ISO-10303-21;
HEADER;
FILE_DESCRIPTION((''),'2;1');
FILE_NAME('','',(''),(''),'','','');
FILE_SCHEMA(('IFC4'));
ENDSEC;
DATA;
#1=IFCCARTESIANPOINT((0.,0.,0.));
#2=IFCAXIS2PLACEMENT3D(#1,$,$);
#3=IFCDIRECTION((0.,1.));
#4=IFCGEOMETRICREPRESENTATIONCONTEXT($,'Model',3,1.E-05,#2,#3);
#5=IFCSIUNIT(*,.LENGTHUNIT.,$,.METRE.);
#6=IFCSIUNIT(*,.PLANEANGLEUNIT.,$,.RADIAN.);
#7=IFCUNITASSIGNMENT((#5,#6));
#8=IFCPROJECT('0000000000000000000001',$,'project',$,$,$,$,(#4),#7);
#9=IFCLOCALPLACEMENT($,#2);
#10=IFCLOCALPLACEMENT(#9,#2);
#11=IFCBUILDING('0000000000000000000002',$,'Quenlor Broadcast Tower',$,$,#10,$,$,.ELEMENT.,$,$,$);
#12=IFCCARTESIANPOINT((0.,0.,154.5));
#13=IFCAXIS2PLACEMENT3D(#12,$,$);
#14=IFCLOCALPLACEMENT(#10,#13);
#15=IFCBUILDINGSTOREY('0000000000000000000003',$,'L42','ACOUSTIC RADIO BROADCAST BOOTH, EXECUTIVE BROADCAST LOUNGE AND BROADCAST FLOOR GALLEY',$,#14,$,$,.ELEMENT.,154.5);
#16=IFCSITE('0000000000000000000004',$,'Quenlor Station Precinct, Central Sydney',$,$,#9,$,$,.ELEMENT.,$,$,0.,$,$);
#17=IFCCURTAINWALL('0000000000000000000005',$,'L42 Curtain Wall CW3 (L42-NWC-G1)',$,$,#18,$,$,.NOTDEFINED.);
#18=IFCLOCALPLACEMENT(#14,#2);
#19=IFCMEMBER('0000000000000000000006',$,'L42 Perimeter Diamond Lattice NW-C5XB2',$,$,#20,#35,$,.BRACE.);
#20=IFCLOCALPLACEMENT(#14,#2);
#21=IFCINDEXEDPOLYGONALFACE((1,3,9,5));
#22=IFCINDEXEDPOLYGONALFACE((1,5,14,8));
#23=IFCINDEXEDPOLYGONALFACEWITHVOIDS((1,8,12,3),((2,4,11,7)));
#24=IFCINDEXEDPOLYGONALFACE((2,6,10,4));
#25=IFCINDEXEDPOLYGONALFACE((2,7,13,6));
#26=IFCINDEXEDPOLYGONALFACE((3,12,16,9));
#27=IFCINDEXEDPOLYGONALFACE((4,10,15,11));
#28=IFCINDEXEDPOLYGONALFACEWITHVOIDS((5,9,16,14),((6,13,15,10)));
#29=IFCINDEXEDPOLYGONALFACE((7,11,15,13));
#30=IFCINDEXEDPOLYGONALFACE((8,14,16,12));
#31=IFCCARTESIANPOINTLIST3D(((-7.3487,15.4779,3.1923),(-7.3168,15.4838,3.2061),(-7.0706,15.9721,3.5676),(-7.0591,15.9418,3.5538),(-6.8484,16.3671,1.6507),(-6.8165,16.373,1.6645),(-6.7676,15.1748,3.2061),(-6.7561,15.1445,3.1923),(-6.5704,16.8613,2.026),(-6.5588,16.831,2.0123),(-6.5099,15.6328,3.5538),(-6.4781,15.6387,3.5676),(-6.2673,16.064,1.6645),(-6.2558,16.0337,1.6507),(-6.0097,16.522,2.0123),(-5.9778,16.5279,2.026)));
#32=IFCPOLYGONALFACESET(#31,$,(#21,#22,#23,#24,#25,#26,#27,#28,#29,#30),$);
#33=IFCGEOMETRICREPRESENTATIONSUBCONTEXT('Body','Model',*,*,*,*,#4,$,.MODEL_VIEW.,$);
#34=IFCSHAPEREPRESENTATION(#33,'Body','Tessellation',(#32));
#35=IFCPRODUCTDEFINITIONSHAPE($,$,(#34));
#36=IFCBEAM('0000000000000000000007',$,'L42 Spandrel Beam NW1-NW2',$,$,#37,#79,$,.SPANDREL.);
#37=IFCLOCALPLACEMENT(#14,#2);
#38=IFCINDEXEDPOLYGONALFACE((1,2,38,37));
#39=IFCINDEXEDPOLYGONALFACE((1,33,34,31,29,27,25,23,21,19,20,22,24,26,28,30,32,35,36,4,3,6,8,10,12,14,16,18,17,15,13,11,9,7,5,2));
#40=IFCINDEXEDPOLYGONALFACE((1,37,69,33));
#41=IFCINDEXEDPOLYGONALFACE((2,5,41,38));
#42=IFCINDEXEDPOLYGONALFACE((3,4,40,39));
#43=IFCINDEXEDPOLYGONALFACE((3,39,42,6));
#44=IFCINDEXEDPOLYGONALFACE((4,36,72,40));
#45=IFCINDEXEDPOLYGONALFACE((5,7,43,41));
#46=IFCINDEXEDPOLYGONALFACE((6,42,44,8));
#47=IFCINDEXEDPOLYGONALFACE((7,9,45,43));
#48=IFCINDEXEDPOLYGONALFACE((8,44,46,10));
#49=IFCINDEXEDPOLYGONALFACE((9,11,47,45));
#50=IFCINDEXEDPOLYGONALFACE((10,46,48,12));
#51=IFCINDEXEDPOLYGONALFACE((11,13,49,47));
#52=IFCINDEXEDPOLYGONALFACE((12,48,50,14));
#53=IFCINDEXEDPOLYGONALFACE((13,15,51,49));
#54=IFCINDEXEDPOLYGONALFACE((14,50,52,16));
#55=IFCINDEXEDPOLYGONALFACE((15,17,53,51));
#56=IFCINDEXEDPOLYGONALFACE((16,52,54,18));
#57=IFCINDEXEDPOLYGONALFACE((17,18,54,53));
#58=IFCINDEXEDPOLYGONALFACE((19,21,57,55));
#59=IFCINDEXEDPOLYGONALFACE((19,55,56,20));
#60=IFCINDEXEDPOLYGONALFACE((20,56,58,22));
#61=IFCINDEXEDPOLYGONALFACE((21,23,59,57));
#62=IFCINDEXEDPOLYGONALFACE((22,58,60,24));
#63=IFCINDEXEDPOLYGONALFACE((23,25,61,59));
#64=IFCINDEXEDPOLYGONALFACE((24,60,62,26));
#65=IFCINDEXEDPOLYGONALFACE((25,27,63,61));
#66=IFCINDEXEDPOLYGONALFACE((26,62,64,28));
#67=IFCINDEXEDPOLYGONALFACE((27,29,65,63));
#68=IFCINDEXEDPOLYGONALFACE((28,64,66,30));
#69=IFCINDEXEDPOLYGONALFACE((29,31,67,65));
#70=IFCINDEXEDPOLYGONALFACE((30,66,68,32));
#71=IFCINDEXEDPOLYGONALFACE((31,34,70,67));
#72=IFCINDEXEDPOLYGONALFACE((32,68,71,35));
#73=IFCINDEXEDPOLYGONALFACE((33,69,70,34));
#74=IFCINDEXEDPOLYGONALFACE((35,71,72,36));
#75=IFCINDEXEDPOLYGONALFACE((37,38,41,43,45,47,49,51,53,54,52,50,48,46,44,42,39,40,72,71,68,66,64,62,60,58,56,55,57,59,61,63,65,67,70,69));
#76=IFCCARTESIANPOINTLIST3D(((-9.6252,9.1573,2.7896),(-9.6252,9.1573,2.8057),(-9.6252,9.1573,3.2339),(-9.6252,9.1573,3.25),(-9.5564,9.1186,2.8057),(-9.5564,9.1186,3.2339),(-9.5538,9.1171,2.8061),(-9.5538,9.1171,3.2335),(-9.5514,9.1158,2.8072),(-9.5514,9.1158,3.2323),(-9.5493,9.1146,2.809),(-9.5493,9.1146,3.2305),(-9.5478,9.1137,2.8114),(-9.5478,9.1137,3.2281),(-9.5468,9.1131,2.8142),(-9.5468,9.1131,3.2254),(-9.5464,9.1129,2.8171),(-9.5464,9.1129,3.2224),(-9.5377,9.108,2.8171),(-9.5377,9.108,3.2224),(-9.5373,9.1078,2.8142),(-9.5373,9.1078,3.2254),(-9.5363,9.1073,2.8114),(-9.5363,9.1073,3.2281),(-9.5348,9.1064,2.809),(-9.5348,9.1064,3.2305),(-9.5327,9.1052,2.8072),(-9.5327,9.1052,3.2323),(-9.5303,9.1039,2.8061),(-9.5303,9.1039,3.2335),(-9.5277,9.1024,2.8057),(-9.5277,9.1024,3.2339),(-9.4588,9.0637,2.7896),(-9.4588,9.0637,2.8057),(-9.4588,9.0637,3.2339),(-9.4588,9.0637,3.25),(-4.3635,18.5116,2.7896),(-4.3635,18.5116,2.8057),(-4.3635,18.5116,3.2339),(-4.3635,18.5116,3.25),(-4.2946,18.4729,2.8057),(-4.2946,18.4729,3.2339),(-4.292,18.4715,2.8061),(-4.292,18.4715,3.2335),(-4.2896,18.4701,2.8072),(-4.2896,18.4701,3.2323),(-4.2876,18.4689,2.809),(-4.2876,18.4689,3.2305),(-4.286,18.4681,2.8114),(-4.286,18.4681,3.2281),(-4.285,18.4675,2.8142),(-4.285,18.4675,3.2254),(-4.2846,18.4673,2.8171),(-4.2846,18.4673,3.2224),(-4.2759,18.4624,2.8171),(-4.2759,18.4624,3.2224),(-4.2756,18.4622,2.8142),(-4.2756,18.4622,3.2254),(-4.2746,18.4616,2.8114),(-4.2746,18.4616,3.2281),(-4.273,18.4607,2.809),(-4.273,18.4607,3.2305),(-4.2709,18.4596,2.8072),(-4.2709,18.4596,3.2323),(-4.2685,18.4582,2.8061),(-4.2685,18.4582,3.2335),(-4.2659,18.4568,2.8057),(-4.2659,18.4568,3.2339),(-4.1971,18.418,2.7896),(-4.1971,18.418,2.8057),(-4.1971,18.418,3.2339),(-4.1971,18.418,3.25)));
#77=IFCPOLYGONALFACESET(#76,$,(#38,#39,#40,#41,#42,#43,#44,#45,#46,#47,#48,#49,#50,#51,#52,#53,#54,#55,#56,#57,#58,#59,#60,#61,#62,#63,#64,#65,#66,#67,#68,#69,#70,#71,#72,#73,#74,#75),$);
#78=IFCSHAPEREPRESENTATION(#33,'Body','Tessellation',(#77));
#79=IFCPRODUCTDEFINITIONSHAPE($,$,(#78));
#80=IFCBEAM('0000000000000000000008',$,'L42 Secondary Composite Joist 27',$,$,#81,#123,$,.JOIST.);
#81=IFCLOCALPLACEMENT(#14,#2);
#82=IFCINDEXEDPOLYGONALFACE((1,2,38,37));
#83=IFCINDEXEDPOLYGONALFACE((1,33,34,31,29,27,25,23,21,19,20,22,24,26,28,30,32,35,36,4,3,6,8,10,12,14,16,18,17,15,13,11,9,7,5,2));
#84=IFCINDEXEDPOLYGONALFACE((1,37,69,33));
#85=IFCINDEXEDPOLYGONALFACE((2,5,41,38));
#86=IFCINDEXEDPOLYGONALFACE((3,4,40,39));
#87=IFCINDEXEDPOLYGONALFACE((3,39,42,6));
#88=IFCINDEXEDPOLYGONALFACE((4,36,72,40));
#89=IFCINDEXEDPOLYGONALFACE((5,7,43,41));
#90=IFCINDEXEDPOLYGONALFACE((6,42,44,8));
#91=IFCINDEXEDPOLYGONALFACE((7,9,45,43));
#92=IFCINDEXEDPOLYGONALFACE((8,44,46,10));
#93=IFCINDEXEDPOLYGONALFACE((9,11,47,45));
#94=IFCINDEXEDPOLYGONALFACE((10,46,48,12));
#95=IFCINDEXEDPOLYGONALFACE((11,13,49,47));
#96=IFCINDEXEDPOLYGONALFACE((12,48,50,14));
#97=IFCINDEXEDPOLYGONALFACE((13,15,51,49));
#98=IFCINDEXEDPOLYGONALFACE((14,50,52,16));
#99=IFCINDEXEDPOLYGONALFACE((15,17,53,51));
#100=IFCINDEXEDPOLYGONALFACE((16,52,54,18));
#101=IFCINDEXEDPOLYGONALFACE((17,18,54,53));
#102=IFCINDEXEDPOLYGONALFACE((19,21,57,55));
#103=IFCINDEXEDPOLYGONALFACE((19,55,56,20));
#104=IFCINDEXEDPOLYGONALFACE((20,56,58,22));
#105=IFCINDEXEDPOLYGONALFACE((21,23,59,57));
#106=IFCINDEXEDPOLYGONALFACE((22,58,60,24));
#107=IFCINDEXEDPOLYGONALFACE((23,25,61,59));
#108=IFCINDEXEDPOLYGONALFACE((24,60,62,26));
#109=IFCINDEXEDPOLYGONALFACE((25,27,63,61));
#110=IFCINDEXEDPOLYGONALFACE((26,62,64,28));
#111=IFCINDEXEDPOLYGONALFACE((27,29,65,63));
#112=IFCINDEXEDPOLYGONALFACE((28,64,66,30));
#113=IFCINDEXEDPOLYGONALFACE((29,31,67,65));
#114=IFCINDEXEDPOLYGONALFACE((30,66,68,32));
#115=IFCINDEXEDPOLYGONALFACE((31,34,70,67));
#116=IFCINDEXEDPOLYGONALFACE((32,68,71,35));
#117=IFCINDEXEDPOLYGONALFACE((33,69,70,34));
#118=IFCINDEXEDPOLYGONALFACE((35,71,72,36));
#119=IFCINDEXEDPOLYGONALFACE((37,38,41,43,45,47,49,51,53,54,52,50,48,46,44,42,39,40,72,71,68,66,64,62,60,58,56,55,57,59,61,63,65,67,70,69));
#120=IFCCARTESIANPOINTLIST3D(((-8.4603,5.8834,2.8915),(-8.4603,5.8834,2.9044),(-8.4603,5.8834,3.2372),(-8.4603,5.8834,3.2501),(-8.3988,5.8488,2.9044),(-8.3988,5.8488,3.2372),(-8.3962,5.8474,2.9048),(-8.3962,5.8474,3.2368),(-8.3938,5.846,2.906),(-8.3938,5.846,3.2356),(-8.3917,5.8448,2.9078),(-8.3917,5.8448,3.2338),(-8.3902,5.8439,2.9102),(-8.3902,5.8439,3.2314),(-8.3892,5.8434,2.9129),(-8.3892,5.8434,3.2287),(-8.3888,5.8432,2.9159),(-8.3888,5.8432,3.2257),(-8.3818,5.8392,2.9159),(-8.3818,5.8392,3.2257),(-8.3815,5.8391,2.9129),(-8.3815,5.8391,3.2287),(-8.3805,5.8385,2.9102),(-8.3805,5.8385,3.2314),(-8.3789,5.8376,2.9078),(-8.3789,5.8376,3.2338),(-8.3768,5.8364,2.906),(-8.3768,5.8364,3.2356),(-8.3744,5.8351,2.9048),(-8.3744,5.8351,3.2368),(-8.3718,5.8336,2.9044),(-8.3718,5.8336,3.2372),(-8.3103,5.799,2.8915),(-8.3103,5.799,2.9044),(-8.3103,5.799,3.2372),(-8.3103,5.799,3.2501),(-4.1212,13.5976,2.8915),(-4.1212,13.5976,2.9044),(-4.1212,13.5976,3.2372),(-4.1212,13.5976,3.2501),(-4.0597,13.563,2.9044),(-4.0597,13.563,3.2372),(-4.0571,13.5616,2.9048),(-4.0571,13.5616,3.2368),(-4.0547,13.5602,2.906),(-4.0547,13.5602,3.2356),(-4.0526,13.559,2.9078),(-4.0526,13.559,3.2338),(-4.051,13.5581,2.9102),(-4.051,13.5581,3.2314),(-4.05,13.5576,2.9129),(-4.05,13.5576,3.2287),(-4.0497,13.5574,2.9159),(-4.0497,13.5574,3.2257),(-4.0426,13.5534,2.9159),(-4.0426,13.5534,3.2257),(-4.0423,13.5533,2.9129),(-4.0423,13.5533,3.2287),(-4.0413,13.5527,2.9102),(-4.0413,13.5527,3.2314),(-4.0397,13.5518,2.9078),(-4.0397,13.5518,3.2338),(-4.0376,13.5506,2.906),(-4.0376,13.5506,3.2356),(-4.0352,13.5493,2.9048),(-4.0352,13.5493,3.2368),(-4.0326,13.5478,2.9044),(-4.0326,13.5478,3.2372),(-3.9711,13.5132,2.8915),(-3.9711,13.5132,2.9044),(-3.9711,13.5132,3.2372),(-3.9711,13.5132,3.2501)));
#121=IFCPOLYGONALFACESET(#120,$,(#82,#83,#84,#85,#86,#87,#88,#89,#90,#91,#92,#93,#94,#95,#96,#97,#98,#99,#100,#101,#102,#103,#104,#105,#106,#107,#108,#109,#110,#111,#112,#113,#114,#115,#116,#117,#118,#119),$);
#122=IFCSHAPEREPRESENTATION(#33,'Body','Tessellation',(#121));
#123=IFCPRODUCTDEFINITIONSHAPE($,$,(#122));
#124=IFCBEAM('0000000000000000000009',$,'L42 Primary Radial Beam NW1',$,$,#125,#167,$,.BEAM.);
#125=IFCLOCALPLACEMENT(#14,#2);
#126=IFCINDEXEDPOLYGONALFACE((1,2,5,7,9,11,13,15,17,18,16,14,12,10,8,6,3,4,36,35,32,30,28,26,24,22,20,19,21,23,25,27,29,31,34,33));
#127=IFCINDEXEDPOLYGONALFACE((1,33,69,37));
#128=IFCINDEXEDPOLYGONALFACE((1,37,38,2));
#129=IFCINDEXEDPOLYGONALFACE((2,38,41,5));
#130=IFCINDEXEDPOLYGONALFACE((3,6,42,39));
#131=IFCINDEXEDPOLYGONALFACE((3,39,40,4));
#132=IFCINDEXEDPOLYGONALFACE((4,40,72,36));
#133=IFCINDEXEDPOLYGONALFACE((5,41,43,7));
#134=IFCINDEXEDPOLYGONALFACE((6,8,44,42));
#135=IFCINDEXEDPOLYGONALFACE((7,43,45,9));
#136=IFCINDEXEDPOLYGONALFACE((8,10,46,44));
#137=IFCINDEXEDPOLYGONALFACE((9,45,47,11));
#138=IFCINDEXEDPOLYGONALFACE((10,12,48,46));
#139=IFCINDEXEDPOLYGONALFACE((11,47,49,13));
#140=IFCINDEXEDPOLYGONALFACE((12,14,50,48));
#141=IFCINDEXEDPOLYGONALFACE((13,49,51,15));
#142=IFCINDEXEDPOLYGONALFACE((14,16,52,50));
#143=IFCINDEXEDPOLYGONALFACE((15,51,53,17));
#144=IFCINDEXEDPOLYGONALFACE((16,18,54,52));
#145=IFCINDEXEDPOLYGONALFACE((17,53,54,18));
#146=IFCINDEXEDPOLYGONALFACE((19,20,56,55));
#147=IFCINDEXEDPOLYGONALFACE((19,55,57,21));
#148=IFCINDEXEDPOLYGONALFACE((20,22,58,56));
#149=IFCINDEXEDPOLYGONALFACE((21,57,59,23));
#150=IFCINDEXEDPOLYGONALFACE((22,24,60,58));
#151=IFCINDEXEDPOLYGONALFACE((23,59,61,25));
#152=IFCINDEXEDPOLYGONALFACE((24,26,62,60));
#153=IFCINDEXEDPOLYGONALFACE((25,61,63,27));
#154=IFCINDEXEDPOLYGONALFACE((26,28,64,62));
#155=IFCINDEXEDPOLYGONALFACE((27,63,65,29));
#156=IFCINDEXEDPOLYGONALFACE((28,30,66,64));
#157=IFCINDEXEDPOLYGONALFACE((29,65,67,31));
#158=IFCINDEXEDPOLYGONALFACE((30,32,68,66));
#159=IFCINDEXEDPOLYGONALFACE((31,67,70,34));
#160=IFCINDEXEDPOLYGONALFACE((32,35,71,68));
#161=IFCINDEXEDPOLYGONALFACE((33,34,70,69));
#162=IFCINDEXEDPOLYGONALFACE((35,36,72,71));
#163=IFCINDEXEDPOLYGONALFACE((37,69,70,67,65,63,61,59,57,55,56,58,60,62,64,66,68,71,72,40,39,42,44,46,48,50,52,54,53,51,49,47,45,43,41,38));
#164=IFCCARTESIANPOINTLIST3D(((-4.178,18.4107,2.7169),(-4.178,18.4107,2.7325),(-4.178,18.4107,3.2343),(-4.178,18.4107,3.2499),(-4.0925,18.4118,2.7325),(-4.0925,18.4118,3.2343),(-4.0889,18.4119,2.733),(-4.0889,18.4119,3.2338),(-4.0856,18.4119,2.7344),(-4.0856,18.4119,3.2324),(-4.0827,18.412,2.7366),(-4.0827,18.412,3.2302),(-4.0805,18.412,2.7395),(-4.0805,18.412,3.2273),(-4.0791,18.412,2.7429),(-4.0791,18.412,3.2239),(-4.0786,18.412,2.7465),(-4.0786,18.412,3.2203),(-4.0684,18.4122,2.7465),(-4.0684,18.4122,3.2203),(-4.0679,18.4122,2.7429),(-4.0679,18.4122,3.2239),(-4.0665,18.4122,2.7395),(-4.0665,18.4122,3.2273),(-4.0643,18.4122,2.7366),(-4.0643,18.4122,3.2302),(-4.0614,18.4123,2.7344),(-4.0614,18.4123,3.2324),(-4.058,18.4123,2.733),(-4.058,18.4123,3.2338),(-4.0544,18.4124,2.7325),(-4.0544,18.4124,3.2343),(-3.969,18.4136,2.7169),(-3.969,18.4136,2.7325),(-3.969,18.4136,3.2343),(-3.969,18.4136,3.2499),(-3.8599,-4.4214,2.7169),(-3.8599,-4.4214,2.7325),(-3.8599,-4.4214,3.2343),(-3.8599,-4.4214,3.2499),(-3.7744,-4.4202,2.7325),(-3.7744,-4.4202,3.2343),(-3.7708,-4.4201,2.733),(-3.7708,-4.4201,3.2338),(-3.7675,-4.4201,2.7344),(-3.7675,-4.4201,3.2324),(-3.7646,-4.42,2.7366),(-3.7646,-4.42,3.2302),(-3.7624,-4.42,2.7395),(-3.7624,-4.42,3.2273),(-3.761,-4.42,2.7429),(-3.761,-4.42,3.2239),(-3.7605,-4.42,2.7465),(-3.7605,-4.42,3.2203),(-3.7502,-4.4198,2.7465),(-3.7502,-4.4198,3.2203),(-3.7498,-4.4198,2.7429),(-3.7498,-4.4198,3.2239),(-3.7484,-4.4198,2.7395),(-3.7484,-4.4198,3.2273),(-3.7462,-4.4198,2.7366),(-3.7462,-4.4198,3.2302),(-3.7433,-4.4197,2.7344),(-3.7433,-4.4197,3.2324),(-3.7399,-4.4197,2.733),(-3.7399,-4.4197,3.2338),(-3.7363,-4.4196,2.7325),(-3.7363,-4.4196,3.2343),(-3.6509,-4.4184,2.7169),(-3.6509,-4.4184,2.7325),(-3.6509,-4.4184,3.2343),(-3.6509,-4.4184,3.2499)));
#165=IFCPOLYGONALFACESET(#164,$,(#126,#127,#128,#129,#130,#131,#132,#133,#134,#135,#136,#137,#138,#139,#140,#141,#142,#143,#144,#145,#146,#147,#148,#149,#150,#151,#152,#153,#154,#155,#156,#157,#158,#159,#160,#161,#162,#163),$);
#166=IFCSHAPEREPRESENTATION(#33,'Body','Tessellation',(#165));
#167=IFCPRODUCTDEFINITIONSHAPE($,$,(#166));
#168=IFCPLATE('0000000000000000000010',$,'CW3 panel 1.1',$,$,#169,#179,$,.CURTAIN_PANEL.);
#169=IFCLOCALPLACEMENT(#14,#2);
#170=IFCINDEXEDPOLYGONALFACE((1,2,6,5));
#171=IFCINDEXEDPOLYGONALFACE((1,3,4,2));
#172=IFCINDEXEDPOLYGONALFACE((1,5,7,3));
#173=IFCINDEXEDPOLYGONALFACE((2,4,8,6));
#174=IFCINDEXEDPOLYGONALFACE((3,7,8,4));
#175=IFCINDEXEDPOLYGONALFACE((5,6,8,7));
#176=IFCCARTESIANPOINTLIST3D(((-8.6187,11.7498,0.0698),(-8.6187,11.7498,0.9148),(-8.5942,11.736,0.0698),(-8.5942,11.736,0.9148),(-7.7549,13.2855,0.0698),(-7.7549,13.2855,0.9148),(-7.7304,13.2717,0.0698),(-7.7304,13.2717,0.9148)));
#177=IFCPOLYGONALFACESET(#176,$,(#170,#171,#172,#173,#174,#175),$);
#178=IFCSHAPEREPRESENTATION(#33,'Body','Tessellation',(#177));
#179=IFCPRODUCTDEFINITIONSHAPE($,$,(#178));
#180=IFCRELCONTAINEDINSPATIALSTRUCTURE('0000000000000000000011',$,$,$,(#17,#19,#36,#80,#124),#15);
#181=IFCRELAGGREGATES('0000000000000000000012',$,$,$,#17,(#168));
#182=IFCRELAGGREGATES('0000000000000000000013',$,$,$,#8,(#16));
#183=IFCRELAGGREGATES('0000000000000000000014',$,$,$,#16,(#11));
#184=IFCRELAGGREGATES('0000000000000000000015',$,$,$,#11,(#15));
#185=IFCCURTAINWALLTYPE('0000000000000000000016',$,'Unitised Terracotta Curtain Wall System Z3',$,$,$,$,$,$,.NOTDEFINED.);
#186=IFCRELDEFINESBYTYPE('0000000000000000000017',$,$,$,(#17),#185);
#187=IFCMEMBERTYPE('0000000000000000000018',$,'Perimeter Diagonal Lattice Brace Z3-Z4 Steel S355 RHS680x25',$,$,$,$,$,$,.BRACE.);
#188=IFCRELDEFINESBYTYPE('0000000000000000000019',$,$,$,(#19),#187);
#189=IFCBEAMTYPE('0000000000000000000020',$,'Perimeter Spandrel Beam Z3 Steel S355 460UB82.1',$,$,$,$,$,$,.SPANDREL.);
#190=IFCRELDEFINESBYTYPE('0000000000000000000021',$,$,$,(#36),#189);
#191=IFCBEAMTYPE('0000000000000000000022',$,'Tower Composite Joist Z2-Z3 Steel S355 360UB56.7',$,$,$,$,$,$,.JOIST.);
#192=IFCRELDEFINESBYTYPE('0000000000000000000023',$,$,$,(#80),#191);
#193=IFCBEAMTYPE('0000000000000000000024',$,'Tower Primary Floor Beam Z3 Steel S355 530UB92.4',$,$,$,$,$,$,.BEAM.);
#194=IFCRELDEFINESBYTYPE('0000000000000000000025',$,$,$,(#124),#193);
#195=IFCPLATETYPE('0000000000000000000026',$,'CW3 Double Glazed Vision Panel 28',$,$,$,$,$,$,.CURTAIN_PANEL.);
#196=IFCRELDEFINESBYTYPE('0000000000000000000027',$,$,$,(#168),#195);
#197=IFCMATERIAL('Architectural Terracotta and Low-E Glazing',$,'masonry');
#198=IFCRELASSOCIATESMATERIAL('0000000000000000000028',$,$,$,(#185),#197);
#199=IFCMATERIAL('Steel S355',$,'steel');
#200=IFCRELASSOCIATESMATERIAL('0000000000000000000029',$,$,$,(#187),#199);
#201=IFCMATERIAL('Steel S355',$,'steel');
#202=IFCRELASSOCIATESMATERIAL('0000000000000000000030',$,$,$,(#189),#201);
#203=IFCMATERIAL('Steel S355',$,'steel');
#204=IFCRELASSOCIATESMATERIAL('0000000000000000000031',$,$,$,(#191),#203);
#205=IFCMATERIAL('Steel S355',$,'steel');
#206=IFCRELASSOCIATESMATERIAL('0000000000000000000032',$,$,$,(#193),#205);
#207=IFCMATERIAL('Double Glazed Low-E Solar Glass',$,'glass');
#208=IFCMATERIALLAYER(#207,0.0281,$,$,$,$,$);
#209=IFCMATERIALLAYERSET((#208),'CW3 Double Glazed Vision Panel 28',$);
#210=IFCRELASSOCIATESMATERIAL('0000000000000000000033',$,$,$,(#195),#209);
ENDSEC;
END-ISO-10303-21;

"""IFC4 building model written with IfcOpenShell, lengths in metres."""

from ifc_helpers import new_model, si_unit, direction, frame, origin, origin_2d, place, context, subcontext, project, spatial, rectangle, hollow_rectangle, i_section, extrude, material, layer, layer_set, material_profile, profile_set, type_object, element, aggregate, save


model = new_model("IFC4")

# Units and contexts
model_context = context("Model", 3, precision=1e-05, world=origin(), true_north=direction((0.0, 1.0)))
body_context = subcontext(model_context, "Body", "Model", "MODEL_VIEW")
ifc_project = project(units=[si_unit("LENGTHUNIT", "METRE"), si_unit("PLANEANGLEUNIT", "RADIAN")], contexts=[model_context])

# Site, building, storey
site_placement = place(None, origin())
site = spatial("IfcSite", under=ifc_project, at=site_placement, Name="Quenlor Station Precinct, Central Sydney", CompositionType="ELEMENT", RefElevation=0.0)
building_placement = place(site_placement, origin())
building = spatial("IfcBuilding", under=site, at=building_placement, Name="Quenlor Broadcast Tower", CompositionType="ELEMENT")
storey_placement = place(building_placement, frame((0.0, 0.0, 154.5)))
storey = spatial("IfcBuildingStorey", under=building, at=storey_placement, Name="L42", Description="ACOUSTIC RADIO BROADCAST BOOTH, EXECUTIVE BROADCAST LOUNGE AND BROADCAST FLOOR GALLEY", CompositionType="ELEMENT", Elevation=154.5)

# Curtain wall
ifc_material_1 = material(Name="Architectural Terracotta and Low-E Glazing", Category="masonry")
curtain_wall_type = type_object("IfcCurtainWallType", Name="Unitised Terracotta Curtain Wall System Z3", PredefinedType="NOTDEFINED", material=ifc_material_1)
curtain_wall_placement = place(storey_placement, origin())
curtain_wall = element("IfcCurtainWall", 1, at=curtain_wall_placement, inside=storey, type_object=curtain_wall_type, Name="L42 Curtain Wall CW3 (L42-NWC-G1)", PredefinedType="NOTDEFINED")

# Member
ifc_material_2 = material(Name="Steel S355", Category="steel")
ifc_material_profile_1 = material_profile(ifc_material_2, hollow_rectangle(XDim=0.6799, YDim=0.6799, WallThickness=0.0249, at=origin_2d()))
ifc_profile_set_1 = profile_set([ifc_material_profile_1], Name="Steel S355 RHS680x680x25")
member_type_1 = type_object("IfcMemberType", Name="Perimeter Diagonal Lattice Brace Z3-Z4 Steel S355 RHS680x25", PredefinedType="BRACE", material=ifc_profile_set_1)
for number, where, z_axis, x_axis, name in (
    (2, (-6.4131, 16.4475, 1.8384), (-0.270616, -0.481008, 0.833905), (0.871537, -0.490329, 0.0), "L42 Perimeter Diamond Lattice NW-C5XB2"),
):
    element("IfcMember", number, at=place(storey_placement, frame(where, z_axis=z_axis, x_axis=x_axis)), inside=storey, type_object=member_type_1, Name=name, PredefinedType="BRACE", context=body_context, shape_type="SweptSolid", body=[
        extrude(hollow_rectangle(XDim=0.6799, YDim=0.6799, WallThickness=0.0249, at=origin_2d()), origin(), (0.0, 0.0, 1.0), 1.8486),
    ])

# Beams
ifc_material_3 = material(Name="Steel S355", Category="steel")
ifc_material_profile_2 = material_profile(ifc_material_3, i_section(OverallWidth=0.1909, OverallDepth=0.4604, WebThickness=0.01, FlangeThickness=0.0161, FilletRadius=0.0115, at=origin_2d()))
ifc_profile_set_2 = profile_set([ifc_material_profile_2], Name="Steel S355 460UB82.1")
beam_type_1 = type_object("IfcBeamType", Name="Perimeter Spandrel Beam Z3 Steel S355 460UB82.1", PredefinedType="SPANDREL", material=ifc_profile_set_2)
beam_1_placement = place(storey_placement, frame((-4.2803, 18.4648, 3.0198), z_axis=(-0.490258, -0.871577, 0.0), x_axis=(0.871577, -0.490258, 0.0)))
element("IfcBeam", 3, at=beam_1_placement, inside=storey, type_object=beam_type_1, Name="L42 Spandrel Beam NW1-NW2", PredefinedType="SPANDREL", context=body_context, shape_type="SweptSolid", body=[
    extrude(i_section(OverallWidth=0.1909, OverallDepth=0.4604, WebThickness=0.01, FlangeThickness=0.0161, FilletRadius=0.0115, at=origin_2d()), origin(), (0.0, 0.0, 1.0), 10.7327),
])
ifc_material_4 = material(Name="Steel S355", Category="steel")
ifc_material_profile_3 = material_profile(ifc_material_4, i_section(OverallWidth=0.1721, OverallDepth=0.3586, WebThickness=0.0081, FlangeThickness=0.0129, FilletRadius=0.0115, at=origin_2d()))
ifc_profile_set_3 = profile_set([ifc_material_profile_3], Name="Steel S355 360UB56.7")
beam_type_2 = type_object("IfcBeamType", Name="Tower Composite Joist Z2-Z3 Steel S355 360UB56.7", PredefinedType="JOIST", material=ifc_profile_set_3)
beam_2_placement = place(storey_placement, frame((-4.0461, 13.5554, 3.0708), z_axis=(-0.490255, -0.871579, 0.0), x_axis=(0.871579, -0.490255, 0.0)))
element("IfcBeam", 4, at=beam_2_placement, inside=storey, type_object=beam_type_2, Name="L42 Secondary Composite Joist 27", PredefinedType="JOIST", context=body_context, shape_type="SweptSolid", body=[
    extrude(i_section(OverallWidth=0.1721, OverallDepth=0.3586, WebThickness=0.0081, FlangeThickness=0.0129, FilletRadius=0.0115, at=origin_2d()), origin(), (0.0, 0.0, 1.0), 8.8508),
])
ifc_material_5 = material(Name="Steel S355", Category="steel")
ifc_material_profile_4 = material_profile(ifc_material_5, i_section(OverallWidth=0.209, OverallDepth=0.533, WebThickness=0.0103, FlangeThickness=0.0156, FilletRadius=0.0139, at=origin_2d()))
ifc_profile_set_4 = profile_set([ifc_material_profile_4], Name="Steel S355 530UB92.4")
beam_type_3 = type_object("IfcBeamType", Name="Tower Primary Floor Beam Z3 Steel S355 530UB92.4", PredefinedType="BEAM", material=ifc_profile_set_4)
beam_3_placement = place(storey_placement, frame((-4.0735, 18.4121, 2.9834), z_axis=(0.013931, -0.999903, 0.0), x_axis=(0.999903, 0.013931, 0.0)))
element("IfcBeam", 5, at=beam_3_placement, inside=storey, type_object=beam_type_3, Name="L42 Primary Radial Beam NW1", PredefinedType="BEAM", context=body_context, shape_type="SweptSolid", body=[
    extrude(i_section(OverallWidth=0.209, OverallDepth=0.533, WebThickness=0.0103, FlangeThickness=0.0156, FilletRadius=0.0139, at=origin_2d()), origin(), (0.0, 0.0, 1.0), 22.8342),
])

# Plate
ifc_material_6 = material(Name="Double Glazed Low-E Solar Glass", Category="glass")
ifc_layer_1 = layer(ifc_material_6, 0.0281)
ifc_layer_set_1 = layer_set([ifc_layer_1], Name="CW3 Double Glazed Vision Panel 28")
plate_type_1 = type_object("IfcPlateType", Name="CW3 Double Glazed Vision Panel 28", PredefinedType="CURTAIN_PANEL", material=ifc_layer_set_1)
plate_1_placement = place(storey_placement, frame((-8.1746, 12.5107, 0.0698), z_axis=(0.0, 0.0, 1.0), x_axis=(0.49027, 0.871571, 0.0)))
plate_1 = element("IfcPlate", 6, at=plate_1_placement, type_object=plate_type_1, Name="CW3 panel 1.1", PredefinedType="CURTAIN_PANEL", context=body_context, shape_type="SweptSolid", body=[
    extrude(rectangle(XDim=1.762, YDim=0.0281, at=origin_2d()), origin(), (0.0, 0.0, 1.0), 0.845),
])
aggregate(curtain_wall, [plate_1])

save(model, "model.ifc")
